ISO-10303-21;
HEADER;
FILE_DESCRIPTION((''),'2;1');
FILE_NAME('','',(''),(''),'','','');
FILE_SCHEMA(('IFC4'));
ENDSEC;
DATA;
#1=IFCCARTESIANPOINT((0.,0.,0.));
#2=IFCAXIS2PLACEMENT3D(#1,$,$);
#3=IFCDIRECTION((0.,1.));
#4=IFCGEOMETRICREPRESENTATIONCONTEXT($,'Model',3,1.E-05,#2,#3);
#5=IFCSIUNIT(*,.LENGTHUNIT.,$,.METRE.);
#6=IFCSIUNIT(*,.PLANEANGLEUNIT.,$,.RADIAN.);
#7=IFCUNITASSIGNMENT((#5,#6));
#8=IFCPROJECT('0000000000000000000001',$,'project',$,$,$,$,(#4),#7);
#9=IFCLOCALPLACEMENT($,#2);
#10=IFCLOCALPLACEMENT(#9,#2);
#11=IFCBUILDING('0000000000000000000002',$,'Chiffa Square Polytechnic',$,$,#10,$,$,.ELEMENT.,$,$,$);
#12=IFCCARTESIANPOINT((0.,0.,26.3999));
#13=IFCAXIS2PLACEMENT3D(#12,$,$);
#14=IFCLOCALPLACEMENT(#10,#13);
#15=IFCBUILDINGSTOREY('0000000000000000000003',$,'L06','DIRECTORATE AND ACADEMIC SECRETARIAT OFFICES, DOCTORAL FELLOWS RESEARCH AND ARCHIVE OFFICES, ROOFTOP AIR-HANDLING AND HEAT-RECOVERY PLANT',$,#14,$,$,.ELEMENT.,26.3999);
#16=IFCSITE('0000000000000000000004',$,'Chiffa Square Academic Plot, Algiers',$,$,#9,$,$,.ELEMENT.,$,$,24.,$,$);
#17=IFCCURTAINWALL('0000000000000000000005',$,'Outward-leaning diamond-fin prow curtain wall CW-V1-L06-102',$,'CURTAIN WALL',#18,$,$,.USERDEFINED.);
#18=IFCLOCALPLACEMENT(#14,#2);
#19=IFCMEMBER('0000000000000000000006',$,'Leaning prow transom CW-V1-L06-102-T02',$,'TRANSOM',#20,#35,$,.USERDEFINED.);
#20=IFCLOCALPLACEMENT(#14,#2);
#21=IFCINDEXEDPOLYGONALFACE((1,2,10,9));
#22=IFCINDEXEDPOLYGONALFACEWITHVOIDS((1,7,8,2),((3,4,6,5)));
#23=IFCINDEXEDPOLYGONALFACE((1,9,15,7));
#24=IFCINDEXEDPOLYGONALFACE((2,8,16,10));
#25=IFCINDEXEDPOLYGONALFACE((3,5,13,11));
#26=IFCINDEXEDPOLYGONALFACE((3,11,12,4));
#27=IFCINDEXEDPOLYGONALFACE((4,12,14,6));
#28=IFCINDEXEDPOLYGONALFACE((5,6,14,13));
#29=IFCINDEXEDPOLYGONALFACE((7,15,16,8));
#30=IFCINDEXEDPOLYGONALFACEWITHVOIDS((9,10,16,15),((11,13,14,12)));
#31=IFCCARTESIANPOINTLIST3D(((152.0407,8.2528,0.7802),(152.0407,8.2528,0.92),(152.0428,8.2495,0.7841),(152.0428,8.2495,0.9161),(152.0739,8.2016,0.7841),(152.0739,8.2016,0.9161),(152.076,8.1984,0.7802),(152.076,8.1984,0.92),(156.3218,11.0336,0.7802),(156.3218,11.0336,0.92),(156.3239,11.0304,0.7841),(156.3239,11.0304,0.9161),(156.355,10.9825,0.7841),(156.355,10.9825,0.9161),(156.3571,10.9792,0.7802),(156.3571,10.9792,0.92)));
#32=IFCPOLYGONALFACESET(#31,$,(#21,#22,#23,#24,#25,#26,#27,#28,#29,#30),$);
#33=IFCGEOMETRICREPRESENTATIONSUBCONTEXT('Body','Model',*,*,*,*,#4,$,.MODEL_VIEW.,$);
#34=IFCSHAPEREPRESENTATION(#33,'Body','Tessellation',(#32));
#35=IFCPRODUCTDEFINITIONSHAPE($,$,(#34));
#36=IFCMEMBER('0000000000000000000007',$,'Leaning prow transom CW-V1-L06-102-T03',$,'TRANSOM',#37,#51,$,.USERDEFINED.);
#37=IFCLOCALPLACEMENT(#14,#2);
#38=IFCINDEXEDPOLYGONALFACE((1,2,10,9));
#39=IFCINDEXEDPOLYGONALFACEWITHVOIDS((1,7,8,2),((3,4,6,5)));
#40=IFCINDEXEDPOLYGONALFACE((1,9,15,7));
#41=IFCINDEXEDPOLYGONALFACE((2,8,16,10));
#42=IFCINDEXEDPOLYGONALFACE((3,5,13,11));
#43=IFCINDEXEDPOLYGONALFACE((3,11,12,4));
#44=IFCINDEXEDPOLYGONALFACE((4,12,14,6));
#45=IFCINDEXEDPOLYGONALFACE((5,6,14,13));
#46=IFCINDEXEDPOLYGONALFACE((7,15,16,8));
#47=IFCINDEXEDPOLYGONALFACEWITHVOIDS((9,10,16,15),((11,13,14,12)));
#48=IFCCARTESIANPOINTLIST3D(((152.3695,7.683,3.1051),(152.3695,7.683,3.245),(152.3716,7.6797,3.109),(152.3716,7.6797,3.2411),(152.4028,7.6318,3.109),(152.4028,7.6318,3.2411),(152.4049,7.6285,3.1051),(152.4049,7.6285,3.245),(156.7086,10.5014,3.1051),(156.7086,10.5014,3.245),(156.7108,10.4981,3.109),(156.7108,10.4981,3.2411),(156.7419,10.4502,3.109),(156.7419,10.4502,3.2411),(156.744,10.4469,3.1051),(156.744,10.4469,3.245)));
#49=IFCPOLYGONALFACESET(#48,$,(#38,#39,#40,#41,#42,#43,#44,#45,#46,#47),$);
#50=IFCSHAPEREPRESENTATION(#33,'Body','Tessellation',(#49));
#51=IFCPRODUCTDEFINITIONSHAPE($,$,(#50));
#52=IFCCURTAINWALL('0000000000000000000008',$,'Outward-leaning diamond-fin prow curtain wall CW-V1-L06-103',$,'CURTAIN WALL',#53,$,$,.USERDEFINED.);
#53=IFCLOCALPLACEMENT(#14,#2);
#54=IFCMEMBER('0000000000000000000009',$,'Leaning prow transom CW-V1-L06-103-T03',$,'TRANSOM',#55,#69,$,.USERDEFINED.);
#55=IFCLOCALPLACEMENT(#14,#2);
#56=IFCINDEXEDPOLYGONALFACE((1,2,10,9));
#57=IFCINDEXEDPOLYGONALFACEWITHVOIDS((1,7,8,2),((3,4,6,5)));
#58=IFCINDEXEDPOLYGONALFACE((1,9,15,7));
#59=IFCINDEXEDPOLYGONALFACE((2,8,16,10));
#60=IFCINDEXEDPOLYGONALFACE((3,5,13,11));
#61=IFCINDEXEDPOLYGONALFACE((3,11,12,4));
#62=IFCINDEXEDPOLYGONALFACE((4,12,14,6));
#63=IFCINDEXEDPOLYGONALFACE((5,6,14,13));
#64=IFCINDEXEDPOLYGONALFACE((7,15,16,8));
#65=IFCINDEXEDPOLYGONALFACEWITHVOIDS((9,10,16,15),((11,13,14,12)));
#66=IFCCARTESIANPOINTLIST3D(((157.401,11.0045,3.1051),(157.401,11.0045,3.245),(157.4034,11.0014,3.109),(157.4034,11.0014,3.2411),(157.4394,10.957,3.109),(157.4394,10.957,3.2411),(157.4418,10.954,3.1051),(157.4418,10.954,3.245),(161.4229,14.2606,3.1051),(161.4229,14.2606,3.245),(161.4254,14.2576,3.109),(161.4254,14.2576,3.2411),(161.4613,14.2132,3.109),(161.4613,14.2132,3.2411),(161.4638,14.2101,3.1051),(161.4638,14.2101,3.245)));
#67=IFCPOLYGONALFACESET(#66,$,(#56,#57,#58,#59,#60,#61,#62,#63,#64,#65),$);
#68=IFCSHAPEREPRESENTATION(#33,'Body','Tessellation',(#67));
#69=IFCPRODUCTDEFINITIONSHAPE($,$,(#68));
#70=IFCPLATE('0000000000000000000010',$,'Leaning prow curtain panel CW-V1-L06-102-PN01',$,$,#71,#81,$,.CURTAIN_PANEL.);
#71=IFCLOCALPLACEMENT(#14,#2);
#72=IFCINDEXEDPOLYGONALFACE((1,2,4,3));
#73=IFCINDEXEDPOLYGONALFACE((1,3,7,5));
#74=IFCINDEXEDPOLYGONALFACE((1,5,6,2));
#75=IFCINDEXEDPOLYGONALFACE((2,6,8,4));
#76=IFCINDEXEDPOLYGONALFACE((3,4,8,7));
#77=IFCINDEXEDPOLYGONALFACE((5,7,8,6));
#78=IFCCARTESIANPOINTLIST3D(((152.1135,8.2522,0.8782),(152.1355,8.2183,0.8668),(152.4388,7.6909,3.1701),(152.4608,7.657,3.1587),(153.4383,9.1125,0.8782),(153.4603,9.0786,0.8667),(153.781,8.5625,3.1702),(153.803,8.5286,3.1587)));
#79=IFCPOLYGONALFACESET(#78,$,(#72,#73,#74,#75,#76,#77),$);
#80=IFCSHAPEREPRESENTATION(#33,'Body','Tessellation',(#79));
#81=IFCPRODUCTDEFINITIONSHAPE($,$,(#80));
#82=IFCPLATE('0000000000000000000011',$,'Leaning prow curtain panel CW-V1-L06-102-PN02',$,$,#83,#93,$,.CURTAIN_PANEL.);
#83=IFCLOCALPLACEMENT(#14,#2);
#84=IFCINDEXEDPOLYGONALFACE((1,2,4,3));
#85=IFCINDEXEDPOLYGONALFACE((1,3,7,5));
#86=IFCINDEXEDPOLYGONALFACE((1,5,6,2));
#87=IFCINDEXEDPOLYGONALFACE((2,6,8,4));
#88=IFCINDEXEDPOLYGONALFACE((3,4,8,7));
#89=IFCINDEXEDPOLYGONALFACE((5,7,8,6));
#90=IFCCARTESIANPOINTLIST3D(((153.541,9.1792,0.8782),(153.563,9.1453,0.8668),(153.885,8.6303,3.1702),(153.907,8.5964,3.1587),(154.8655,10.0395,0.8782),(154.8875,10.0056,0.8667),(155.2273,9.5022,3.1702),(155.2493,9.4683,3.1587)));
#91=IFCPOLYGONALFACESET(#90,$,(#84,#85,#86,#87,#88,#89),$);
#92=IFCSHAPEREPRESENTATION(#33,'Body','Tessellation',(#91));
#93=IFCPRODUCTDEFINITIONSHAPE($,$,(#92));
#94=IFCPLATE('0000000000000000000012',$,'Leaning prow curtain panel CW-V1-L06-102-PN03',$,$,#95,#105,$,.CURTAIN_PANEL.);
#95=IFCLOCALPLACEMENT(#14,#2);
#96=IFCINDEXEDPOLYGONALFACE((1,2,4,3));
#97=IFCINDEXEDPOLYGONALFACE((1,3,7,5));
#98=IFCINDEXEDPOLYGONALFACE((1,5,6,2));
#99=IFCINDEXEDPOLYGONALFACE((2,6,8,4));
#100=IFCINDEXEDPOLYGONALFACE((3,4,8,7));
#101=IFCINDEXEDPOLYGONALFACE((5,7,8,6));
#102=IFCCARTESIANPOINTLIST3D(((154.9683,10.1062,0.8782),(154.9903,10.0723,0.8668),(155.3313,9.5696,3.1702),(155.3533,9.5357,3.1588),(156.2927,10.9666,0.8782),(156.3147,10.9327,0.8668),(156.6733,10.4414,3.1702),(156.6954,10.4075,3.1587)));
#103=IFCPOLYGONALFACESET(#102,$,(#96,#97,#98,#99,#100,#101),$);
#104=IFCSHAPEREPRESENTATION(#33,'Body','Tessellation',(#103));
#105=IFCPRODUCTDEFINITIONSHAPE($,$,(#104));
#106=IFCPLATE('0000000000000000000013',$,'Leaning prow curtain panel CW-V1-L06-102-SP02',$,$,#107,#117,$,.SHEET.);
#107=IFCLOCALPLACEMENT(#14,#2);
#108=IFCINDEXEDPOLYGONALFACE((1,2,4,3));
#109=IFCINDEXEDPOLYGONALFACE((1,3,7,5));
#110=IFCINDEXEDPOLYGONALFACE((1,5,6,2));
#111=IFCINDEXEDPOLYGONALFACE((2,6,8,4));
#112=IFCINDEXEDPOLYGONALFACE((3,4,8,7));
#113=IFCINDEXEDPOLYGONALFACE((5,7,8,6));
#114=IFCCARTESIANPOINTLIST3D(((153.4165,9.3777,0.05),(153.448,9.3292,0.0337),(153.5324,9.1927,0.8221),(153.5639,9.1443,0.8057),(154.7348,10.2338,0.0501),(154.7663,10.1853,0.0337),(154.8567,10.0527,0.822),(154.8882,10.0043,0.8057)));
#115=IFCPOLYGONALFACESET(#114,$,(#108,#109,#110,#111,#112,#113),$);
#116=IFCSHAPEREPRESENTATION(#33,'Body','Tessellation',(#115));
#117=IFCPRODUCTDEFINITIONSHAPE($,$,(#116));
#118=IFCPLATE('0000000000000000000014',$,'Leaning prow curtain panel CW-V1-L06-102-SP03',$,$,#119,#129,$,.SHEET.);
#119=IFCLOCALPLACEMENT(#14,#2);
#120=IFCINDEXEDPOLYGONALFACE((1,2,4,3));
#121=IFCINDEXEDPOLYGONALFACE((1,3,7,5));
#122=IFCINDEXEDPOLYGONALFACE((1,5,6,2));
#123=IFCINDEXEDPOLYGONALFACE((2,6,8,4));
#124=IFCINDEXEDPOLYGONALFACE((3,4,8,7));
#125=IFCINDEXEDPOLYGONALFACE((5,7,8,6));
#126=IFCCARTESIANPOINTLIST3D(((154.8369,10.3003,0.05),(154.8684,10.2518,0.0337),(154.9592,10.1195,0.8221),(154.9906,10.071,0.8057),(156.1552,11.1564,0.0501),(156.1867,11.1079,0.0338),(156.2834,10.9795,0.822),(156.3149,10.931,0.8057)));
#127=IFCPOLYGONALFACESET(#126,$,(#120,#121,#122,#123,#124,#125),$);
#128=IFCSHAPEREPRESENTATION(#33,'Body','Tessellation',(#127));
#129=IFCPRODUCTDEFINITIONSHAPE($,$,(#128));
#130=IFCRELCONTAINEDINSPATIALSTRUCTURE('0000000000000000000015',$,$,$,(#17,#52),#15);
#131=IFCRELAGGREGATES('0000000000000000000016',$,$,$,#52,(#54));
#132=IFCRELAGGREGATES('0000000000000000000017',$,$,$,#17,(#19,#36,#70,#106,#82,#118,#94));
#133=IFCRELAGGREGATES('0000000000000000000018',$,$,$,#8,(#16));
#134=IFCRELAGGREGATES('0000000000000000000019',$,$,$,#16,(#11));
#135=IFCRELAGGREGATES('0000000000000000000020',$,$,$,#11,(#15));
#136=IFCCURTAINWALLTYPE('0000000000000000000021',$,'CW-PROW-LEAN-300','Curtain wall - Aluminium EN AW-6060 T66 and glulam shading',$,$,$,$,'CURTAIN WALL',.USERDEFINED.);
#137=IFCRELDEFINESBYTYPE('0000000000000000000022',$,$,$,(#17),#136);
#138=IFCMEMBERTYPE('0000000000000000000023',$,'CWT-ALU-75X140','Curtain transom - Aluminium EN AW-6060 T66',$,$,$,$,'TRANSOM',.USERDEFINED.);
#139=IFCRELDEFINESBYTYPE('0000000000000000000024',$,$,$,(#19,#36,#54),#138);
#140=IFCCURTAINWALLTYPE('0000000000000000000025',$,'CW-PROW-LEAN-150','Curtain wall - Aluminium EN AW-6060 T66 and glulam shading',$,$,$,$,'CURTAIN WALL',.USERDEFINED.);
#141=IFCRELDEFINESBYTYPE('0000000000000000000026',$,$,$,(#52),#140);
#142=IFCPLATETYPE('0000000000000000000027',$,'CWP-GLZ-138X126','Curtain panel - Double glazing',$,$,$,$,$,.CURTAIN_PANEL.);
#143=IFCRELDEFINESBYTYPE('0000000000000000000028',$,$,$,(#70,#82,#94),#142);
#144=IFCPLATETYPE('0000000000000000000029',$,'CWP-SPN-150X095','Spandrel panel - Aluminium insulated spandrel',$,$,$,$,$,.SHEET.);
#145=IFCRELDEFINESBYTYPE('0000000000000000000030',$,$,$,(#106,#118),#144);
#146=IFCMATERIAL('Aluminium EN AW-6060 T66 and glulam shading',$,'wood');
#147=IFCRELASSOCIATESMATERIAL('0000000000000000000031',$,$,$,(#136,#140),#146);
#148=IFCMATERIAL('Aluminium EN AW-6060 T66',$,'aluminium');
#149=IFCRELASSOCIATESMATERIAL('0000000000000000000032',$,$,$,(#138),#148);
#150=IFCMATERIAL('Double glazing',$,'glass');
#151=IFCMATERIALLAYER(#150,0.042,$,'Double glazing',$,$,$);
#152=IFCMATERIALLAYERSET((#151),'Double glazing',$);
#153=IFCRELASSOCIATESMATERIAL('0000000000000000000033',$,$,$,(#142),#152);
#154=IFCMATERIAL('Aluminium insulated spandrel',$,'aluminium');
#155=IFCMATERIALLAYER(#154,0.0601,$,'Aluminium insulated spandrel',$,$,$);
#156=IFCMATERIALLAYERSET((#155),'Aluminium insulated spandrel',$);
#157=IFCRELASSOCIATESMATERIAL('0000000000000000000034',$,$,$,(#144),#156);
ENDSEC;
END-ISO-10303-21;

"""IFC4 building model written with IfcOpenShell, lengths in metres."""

from ifc_helpers import new_model, si_unit, direction, frame, origin, origin_2d, place, context, subcontext, project, spatial, polyline, hollow_rectangle, outline, extrude, material, layer, layer_set, material_profile, profile_set, type_object, element, aggregate, save


model = new_model("IFC4")

# Units and contexts
model_context = context("Model", 3, precision=1e-05, world=origin(), true_north=direction((0.0, 1.0)))
body_context = subcontext(model_context, "Body", "Model", "MODEL_VIEW")
ifc_project = project(units=[si_unit("LENGTHUNIT", "METRE"), si_unit("PLANEANGLEUNIT", "RADIAN")], contexts=[model_context])

# Site, building, storey
site_placement = place(None, origin())
site = spatial("IfcSite", under=ifc_project, at=site_placement, Name="Chiffa Square Academic Plot, Algiers", CompositionType="ELEMENT", RefElevation=24.0)
building_placement = place(site_placement, origin())
building = spatial("IfcBuilding", under=site, at=building_placement, Name="Chiffa Square Polytechnic", CompositionType="ELEMENT")
storey_placement = place(building_placement, frame((0.0, 0.0, 26.3999)))
storey = spatial("IfcBuildingStorey", under=building, at=storey_placement, Name="L06", Description="DIRECTORATE AND ACADEMIC SECRETARIAT OFFICES, DOCTORAL FELLOWS RESEARCH AND ARCHIVE OFFICES, ROOFTOP AIR-HANDLING AND HEAT-RECOVERY PLANT", CompositionType="ELEMENT", Elevation=26.3999)

# Curtain wall, members
ifc_material_1 = material(Name="Aluminium EN AW-6060 T66 and glulam shading", Category="wood")
curtain_wall_type_1 = type_object("IfcCurtainWallType", Name="CW-PROW-LEAN-300", Description="Curtain wall - Aluminium EN AW-6060 T66 and glulam shading", ElementType="CURTAIN WALL", PredefinedType="USERDEFINED", material=ifc_material_1)
curtain_wall_1_placement = place(storey_placement, origin())
curtain_wall_1 = element("IfcCurtainWall", 1, at=curtain_wall_1_placement, inside=storey, type_object=curtain_wall_type_1, Name="Outward-leaning diamond-fin prow curtain wall CW-V1-L06-102", ObjectType="CURTAIN WALL", PredefinedType="USERDEFINED")
ifc_material_2 = material(Name="Aluminium EN AW-6060 T66", Category="aluminium")
ifc_material_profile_1 = material_profile(ifc_material_2, hollow_rectangle(XDim=0.0649, YDim=0.1399, WallThickness=0.0039, at=origin_2d()), Name="ALU 65x140x4")
ifc_profile_set_1 = profile_set([ifc_material_profile_1], Name="Aluminium EN AW-6060 T66")
member_type_1 = type_object("IfcMemberType", Name="CWT-ALU-75X140", Description="Curtain transom - Aluminium EN AW-6060 T66", ElementType="TRANSOM", PredefinedType="USERDEFINED", material=ifc_profile_set_1)
member_1_placement = place(storey_placement, frame((152.0583, 8.2256, 0.8501), z_axis=(0.838613, 0.544728, 0.0), x_axis=(-0.544728, 0.838613, 0.0)))
member_1 = element("IfcMember", 2, at=member_1_placement, type_object=member_type_1, Name="Leaning prow transom CW-V1-L06-102-T02", ObjectType="TRANSOM", PredefinedType="USERDEFINED", context=body_context, shape_type="SweptSolid", body=[
    extrude(hollow_rectangle(XDim=0.0649, YDim=0.1399, WallThickness=0.0039, at=origin_2d()), origin(), (0.0, 0.0, 1.0), 5.105),
])
member_2_placement = place(storey_placement, frame((152.3872, 7.6558, 3.175), z_axis=(0.838626, 0.544708, 0.0), x_axis=(-0.544708, 0.838626, 0.0)))
member_2 = element("IfcMember", 3, at=member_2_placement, type_object=member_type_1, Name="Leaning prow transom CW-V1-L06-102-T03", ObjectType="TRANSOM", PredefinedType="USERDEFINED", context=body_context, shape_type="SweptSolid", body=[
    extrude(hollow_rectangle(XDim=0.0649, YDim=0.1399, WallThickness=0.0039, at=origin_2d()), origin(), (0.0, 0.0, 1.0), 5.1741),
])

# Curtain wall, member
curtain_wall_type_2 = type_object("IfcCurtainWallType", Name="CW-PROW-LEAN-150", Description="Curtain wall - Aluminium EN AW-6060 T66 and glulam shading", ElementType="CURTAIN WALL", PredefinedType="USERDEFINED", material=ifc_material_1)
curtain_wall_2_placement = place(storey_placement, origin())
curtain_wall_2 = element("IfcCurtainWall", 4, at=curtain_wall_2_placement, inside=storey, type_object=curtain_wall_type_2, Name="Outward-leaning diamond-fin prow curtain wall CW-V1-L06-103", ObjectType="CURTAIN WALL", PredefinedType="USERDEFINED")
member_3_placement = place(storey_placement, frame((157.4214, 10.9792, 3.175), z_axis=(0.777224, 0.629224, 0.0), x_axis=(-0.629224, 0.777224, 0.0)))
member_3 = element("IfcMember", 5, at=member_3_placement, type_object=member_type_1, Name="Leaning prow transom CW-V1-L06-103-T03", ObjectType="TRANSOM", PredefinedType="USERDEFINED", context=body_context, shape_type="SweptSolid", body=[
    extrude(hollow_rectangle(XDim=0.0649, YDim=0.1399, WallThickness=0.0039, at=origin_2d()), origin(), (0.0, 0.0, 1.0), 5.1748),
])
aggregate(curtain_wall_2, [member_3])

# Plates
ifc_material_3 = material(Name="Double glazing", Category="glass")
ifc_layer_1 = layer(ifc_material_3, 0.042, Name="Double glazing")
ifc_layer_set_1 = layer_set([ifc_layer_1], Name="Double glazing")
plate_type_1 = type_object("IfcPlateType", Name="CWP-GLZ-138X126", Description="Curtain panel - Double glazing", PredefinedType="CURTAIN_PANEL", material=ifc_layer_set_1)
plate_1_placement = place(storey_placement, frame((152.1135, 8.2522, 0.8782), z_axis=(-0.524094, 0.807048, 0.272028), x_axis=(0.838673, 0.544635, -0.000013)))
plate_1 = element("IfcPlate", 6, at=plate_1_placement, type_object=plate_type_1, Name="Leaning prow curtain panel CW-V1-L06-102-PN01", PredefinedType="CURTAIN_PANEL", context=body_context, shape_type="SweptSolid", body=[
    extrude(outline(polyline([(0.0, 0.0), (1.5796, 0.0), (1.5674, -2.3818), (-0.033, -2.3818), (0.0, 0.0)])), origin(), (0.0, 0.0, -1.0), 0.042),
])
plate_2_placement = place(storey_placement, frame((153.541, 9.1792, 0.8782), z_axis=(-0.524194, 0.807014, 0.271935), x_axis=(0.838616, 0.544723, -0.000007)))
plate_2 = element("IfcPlate", 7, at=plate_2_placement, type_object=plate_type_1, Name="Leaning prow curtain panel CW-V1-L06-102-PN02", PredefinedType="CURTAIN_PANEL", context=body_context, shape_type="SweptSolid", body=[
    extrude(outline(polyline([(0.0, 0.0), (1.5794, 0.0), (1.5901, -2.3818), (-0.0105, -2.3817), (0.0, 0.0)])), origin(), (0.0, 0.0, -1.0), 0.042),
])
plate_3_placement = place(storey_placement, frame((154.9683, 10.1062, 0.8782), z_axis=(-0.524223, 0.806986, 0.271962), x_axis=(0.838595, 0.544755, 0.000004)))
plate_3 = element("IfcPlate", 8, at=plate_3_placement, type_object=plate_type_1, Name="Leaning prow curtain panel CW-V1-L06-102-PN03", PredefinedType="CURTAIN_PANEL", context=body_context, shape_type="SweptSolid", body=[
    extrude(outline(polyline([(0.0, 0.0), (1.5794, 0.0), (1.6125, -2.3818), (0.0121, -2.3818), (0.0, 0.0)])), origin(), (0.0, 0.0, -1.0), 0.042),
])
ifc_material_4 = material(Name="Aluminium insulated spandrel", Category="aluminium")
ifc_layer_2 = layer(ifc_material_4, 0.0601, Name="Aluminium insulated spandrel")
ifc_layer_set_2 = layer_set([ifc_layer_2], Name="Aluminium insulated spandrel")
plate_type_2 = type_object("IfcPlateType", Name="CWP-SPN-150X095", Description="Spandrel panel - Aluminium insulated spandrel", PredefinedType="SHEET", material=ifc_layer_set_2)
plate_4_placement = place(storey_placement, frame((153.4165, 9.3777, 0.05), z_axis=(-0.524092, 0.807053, 0.272017), x_axis=(0.838681, 0.544623, 0.000024)))
plate_4 = element("IfcPlate", 9, at=plate_4_placement, type_object=plate_type_2, Name="Leaning prow curtain panel CW-V1-L06-102-SP02", PredefinedType="SHEET", context=body_context, shape_type="SweptSolid", body=[
    extrude(outline(polyline([(0.0, 0.0), (1.5719, 0.0), (1.5755, -0.8022), (-0.0035, -0.8023), (0.0, 0.0)])), origin(), (0.0, 0.0, -1.0), 0.0601),
])
plate_5_placement = place(storey_placement, frame((154.8369, 10.3003, 0.05), z_axis=(-0.524096, 0.807059, 0.27199), x_axis=(0.838681, 0.544623, 0.000024)))
plate_5 = element("IfcPlate", 10, at=plate_5_placement, type_object=plate_type_2, Name="Leaning prow curtain panel CW-V1-L06-102-SP03", PredefinedType="SHEET", context=body_context, shape_type="SweptSolid", body=[
    extrude(outline(polyline([(0.0, 0.0), (1.5719, 0.0), (1.5831, -0.8022), (0.0041, -0.8023), (0.0, 0.0)])), origin(), (0.0, 0.0, -1.0), 0.0601),
])
aggregate(curtain_wall_1, [member_1, member_2, plate_1, plate_4, plate_2, plate_5, plate_3])

save(model, "model.ifc")
